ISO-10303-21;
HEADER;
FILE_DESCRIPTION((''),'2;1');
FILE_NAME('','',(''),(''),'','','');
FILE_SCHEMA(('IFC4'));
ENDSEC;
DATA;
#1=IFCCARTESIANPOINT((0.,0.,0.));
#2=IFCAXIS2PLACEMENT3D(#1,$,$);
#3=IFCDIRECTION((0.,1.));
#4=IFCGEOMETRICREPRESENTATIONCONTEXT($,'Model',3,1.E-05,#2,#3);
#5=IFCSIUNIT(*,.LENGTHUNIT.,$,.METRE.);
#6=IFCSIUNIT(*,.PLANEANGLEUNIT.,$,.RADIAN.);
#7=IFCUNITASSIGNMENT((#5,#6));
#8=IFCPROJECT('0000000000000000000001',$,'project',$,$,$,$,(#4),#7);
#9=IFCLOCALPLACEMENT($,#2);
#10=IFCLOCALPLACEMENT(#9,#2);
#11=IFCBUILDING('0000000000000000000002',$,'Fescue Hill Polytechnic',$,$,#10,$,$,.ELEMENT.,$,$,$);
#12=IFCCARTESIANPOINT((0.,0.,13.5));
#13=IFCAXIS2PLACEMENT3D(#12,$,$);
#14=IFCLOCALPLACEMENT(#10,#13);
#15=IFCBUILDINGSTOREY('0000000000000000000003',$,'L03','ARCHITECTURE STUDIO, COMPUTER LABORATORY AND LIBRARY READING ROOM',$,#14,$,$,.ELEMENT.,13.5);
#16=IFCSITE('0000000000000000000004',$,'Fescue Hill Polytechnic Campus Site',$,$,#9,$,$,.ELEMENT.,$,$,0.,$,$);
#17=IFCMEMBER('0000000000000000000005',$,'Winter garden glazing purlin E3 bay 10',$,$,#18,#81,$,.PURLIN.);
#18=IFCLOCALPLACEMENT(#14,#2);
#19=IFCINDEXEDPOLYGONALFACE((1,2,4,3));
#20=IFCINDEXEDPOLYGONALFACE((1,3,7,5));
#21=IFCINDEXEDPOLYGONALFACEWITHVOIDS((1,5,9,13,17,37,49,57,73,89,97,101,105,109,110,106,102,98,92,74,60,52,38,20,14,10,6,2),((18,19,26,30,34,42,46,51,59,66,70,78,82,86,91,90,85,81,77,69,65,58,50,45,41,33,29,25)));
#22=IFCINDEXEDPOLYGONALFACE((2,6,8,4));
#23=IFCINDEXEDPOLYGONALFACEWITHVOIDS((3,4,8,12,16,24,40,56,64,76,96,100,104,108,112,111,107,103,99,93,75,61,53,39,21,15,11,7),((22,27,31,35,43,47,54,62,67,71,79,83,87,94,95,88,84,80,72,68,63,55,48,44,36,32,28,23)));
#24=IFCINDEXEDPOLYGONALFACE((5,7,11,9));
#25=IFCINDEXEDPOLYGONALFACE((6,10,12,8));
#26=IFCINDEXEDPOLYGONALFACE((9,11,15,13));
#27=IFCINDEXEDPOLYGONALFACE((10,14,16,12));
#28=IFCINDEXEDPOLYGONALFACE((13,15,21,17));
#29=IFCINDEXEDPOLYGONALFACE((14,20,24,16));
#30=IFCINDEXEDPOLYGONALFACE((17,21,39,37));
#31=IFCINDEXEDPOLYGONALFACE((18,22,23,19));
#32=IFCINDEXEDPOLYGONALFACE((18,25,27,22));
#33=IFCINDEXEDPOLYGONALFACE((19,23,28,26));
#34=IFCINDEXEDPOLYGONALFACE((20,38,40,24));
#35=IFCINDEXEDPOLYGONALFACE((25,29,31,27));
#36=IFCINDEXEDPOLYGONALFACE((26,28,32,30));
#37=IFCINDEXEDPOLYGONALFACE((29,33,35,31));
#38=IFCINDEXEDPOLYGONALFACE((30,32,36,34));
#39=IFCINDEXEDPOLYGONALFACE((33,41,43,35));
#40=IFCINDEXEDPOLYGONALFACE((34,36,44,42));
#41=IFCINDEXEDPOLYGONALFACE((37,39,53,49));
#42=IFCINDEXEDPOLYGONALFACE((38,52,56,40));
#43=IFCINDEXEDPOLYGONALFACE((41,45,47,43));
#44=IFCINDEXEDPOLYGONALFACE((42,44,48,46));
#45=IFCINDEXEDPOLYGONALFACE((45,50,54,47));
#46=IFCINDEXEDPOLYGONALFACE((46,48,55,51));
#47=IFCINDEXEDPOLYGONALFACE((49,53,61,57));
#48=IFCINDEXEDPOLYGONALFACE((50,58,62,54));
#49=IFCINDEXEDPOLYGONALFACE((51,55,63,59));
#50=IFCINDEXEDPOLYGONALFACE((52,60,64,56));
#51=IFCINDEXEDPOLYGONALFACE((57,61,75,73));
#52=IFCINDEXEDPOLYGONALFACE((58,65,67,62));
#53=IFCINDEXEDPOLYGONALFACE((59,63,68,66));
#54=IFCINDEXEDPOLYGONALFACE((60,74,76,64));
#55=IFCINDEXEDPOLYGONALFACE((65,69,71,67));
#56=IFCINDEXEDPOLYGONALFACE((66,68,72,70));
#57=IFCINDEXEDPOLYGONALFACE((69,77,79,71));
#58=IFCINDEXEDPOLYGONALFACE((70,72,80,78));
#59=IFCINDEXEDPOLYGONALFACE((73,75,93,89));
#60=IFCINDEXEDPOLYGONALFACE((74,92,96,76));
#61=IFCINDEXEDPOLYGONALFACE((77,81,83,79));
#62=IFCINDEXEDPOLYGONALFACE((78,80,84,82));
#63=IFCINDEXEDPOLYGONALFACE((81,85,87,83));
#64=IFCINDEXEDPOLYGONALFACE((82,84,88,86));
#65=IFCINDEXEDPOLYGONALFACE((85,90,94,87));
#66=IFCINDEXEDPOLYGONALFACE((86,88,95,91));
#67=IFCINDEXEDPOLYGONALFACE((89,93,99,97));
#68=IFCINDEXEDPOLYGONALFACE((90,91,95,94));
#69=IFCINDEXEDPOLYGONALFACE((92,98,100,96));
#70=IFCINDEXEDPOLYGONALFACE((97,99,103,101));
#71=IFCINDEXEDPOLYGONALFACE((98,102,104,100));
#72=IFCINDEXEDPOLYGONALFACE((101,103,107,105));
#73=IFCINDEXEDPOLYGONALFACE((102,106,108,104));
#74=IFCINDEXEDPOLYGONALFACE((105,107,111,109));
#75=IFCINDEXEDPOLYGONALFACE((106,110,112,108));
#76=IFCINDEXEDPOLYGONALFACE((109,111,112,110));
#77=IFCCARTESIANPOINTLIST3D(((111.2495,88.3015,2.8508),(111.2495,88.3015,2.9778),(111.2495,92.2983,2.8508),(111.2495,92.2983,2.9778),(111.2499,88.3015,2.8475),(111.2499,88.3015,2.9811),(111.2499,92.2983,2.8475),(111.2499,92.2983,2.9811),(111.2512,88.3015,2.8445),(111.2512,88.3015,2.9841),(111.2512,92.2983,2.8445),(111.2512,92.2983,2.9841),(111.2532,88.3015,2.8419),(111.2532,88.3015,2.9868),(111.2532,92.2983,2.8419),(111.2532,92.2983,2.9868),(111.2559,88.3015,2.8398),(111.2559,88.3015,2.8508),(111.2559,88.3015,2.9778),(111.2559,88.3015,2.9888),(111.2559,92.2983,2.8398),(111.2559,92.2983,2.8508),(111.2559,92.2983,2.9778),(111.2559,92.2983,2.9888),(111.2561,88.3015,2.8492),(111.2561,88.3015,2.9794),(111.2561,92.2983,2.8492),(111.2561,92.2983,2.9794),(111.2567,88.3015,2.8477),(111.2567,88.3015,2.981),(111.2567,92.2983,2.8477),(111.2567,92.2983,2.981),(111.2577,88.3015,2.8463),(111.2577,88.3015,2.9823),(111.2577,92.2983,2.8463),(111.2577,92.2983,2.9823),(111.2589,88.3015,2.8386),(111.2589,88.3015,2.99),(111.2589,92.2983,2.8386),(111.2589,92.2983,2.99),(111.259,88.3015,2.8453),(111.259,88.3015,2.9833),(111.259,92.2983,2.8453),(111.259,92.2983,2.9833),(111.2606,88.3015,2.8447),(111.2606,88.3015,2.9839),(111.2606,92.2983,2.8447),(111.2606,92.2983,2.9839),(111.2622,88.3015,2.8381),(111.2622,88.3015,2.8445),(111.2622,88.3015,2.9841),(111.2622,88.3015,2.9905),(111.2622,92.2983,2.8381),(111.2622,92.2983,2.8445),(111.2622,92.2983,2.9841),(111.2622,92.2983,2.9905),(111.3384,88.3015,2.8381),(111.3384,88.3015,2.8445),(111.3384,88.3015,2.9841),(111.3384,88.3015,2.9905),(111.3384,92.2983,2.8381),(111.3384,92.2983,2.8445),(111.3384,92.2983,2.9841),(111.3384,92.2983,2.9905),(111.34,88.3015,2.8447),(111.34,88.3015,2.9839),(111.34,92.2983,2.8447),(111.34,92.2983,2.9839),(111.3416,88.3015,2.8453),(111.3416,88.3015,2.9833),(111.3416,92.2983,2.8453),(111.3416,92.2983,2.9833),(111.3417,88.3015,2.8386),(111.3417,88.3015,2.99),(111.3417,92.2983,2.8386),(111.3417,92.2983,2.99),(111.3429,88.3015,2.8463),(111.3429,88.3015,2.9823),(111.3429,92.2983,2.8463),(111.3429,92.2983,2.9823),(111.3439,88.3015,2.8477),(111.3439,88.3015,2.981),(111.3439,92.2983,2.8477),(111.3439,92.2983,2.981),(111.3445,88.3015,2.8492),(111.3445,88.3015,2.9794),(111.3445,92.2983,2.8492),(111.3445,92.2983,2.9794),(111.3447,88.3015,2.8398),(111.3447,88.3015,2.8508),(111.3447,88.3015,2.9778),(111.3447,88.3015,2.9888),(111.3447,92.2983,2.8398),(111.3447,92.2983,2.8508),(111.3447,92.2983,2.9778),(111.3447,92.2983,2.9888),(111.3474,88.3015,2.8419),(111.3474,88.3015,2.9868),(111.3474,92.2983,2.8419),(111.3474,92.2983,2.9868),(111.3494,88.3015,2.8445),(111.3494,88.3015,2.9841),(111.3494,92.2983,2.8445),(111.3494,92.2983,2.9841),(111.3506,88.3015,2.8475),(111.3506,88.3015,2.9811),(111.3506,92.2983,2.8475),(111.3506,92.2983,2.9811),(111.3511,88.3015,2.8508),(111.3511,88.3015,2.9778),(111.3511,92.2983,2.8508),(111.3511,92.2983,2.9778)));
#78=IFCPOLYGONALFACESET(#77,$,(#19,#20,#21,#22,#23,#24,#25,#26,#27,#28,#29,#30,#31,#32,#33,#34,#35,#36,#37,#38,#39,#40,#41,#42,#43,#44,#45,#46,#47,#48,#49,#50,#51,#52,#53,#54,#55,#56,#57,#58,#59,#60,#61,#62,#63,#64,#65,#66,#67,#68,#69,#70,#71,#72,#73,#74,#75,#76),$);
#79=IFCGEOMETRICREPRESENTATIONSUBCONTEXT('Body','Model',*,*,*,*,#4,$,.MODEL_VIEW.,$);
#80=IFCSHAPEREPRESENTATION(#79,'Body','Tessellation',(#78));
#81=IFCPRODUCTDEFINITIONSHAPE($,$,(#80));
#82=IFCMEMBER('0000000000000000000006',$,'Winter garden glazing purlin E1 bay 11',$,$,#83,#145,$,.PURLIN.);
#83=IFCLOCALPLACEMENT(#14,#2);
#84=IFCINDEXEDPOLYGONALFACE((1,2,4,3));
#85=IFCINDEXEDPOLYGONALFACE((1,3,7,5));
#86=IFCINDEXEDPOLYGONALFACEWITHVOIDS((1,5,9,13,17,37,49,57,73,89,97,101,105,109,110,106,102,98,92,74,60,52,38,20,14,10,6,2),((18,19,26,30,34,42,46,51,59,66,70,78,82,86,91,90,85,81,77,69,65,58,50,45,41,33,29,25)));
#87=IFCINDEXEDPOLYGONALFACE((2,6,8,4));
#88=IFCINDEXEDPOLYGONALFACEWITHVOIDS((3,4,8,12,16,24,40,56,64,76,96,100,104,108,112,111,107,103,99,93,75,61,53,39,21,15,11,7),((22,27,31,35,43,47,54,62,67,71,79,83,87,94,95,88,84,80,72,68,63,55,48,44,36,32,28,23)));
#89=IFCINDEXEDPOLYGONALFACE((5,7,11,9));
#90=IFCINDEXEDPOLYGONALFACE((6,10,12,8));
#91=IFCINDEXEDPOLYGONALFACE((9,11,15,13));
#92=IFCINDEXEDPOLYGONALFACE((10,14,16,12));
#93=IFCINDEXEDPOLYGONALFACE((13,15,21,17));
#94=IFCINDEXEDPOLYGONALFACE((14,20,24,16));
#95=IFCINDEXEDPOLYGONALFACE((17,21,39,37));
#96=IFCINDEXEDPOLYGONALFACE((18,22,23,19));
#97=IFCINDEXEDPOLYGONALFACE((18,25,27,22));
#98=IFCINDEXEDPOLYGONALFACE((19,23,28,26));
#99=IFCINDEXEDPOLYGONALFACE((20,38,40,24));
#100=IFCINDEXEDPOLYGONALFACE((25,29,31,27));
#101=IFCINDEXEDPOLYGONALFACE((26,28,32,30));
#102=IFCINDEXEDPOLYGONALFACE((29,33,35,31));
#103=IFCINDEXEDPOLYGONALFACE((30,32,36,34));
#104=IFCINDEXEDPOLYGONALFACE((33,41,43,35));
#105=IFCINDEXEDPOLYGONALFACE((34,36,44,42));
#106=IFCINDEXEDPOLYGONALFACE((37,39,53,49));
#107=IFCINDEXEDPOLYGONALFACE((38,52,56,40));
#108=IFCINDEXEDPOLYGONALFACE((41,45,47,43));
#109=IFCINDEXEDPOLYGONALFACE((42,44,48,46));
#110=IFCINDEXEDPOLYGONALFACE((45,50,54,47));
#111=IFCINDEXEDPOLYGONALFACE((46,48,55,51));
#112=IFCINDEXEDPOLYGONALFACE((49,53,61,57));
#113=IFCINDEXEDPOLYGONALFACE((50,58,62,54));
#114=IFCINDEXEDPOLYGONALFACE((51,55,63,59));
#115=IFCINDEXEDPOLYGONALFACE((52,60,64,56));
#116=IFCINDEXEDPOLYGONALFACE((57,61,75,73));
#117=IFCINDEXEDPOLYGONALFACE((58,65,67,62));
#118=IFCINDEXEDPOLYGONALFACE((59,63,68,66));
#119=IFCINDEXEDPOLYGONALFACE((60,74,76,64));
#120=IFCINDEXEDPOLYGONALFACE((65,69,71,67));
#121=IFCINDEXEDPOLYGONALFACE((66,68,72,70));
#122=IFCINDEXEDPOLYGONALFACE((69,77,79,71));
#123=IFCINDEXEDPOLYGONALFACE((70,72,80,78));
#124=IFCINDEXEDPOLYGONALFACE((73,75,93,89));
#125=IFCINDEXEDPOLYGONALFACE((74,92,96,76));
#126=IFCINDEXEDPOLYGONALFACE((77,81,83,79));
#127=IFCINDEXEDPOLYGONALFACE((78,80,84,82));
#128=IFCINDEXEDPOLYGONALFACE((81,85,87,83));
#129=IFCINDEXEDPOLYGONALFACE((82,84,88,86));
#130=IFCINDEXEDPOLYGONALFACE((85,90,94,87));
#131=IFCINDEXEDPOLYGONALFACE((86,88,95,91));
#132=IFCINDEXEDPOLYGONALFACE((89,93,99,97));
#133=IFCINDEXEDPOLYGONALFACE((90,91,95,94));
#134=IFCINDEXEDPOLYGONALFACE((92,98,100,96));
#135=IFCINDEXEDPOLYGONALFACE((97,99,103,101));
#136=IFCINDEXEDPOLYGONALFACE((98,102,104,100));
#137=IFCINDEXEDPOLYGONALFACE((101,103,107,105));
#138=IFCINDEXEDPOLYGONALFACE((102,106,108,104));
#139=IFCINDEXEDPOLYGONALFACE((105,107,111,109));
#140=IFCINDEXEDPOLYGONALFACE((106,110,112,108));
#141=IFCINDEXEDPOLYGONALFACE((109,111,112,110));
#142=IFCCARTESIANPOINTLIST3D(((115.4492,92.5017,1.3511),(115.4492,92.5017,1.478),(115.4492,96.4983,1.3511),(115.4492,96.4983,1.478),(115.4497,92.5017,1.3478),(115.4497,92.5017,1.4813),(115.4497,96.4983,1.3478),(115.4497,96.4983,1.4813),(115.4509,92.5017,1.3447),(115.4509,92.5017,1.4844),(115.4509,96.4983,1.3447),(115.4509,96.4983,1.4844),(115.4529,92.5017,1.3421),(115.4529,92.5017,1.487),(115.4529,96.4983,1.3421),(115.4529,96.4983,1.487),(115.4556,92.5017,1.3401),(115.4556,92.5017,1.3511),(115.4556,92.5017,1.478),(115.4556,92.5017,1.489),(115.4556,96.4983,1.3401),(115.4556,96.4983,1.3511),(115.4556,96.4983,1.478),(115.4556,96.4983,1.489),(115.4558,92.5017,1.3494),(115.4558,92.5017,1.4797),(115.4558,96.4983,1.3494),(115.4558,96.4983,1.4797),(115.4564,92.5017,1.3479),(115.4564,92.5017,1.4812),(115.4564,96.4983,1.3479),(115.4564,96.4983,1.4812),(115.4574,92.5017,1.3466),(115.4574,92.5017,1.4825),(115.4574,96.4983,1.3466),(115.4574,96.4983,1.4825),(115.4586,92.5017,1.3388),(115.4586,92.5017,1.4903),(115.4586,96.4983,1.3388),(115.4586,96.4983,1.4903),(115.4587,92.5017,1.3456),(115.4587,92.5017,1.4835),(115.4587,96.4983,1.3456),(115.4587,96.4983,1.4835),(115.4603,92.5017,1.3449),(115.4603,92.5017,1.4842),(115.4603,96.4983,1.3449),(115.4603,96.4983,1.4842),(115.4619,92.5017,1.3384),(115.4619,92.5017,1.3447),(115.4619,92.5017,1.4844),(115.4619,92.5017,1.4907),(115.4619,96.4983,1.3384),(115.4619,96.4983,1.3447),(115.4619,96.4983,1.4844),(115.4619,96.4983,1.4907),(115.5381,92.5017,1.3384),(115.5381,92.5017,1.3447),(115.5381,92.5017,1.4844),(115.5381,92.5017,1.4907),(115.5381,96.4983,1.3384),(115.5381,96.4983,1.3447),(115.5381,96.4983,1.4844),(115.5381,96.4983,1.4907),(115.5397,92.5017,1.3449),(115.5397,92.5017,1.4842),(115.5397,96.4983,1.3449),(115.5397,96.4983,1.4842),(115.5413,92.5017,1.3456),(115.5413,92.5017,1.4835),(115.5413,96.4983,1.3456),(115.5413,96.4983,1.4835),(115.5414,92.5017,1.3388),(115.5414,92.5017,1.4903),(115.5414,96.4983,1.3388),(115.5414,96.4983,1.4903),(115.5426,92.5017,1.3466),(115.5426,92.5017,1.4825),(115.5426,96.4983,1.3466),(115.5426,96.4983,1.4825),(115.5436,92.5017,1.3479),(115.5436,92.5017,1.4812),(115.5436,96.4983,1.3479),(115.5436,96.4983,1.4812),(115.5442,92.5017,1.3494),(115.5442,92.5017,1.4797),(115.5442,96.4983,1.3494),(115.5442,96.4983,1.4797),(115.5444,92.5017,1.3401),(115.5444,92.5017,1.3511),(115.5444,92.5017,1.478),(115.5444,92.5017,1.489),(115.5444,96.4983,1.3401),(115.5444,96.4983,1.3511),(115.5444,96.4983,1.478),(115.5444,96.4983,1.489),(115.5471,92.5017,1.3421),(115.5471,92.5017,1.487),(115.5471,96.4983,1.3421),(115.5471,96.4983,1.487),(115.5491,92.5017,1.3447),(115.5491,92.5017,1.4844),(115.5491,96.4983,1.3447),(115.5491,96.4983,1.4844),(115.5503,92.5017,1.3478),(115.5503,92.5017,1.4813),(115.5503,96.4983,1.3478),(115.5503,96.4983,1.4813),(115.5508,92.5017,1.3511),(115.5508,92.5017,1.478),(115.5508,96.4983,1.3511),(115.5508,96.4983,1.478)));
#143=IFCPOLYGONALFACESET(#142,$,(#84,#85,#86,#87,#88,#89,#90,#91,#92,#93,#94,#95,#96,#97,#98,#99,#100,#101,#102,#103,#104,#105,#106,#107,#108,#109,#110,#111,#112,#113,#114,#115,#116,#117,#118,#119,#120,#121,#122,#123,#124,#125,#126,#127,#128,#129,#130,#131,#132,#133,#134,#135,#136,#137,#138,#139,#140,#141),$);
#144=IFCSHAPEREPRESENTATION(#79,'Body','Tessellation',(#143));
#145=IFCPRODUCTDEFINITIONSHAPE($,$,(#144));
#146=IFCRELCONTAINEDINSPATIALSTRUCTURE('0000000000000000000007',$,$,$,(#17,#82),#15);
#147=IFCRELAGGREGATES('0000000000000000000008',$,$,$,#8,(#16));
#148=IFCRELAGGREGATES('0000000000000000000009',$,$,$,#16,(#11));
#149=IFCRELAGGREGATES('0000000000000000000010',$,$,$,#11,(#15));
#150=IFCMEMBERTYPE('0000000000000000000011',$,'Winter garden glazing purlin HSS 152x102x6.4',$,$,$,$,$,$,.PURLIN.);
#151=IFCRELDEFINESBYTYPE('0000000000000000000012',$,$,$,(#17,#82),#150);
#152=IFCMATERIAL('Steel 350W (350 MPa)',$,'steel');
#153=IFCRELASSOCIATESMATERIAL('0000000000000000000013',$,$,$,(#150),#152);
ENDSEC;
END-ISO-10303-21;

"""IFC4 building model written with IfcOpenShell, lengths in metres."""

from ifc_helpers import new_model, si_unit, direction, frame, origin, origin_2d, place, context, subcontext, project, spatial, hollow_rectangle, extrude, material, material_profile, profile_set, type_object, element, save


model = new_model("IFC4")

# Units and contexts
model_context = context("Model", 3, precision=1e-05, world=origin(), true_north=direction((0.0, 1.0)))
body_context = subcontext(model_context, "Body", "Model", "MODEL_VIEW")
ifc_project = project(units=[si_unit("LENGTHUNIT", "METRE"), si_unit("PLANEANGLEUNIT", "RADIAN")], contexts=[model_context])

# Site, building, storey
site_placement = place(None, origin())
site = spatial("IfcSite", under=ifc_project, at=site_placement, Name="Fescue Hill Polytechnic Campus Site", CompositionType="ELEMENT", RefElevation=0.0)
building_placement = place(site_placement, origin())
building = spatial("IfcBuilding", under=site, at=building_placement, Name="Fescue Hill Polytechnic", CompositionType="ELEMENT")
storey_placement = place(building_placement, frame((0.0, 0.0, 13.5)))
storey = spatial("IfcBuildingStorey", under=building, at=storey_placement, Name="L03", Description="ARCHITECTURE STUDIO, COMPUTER LABORATORY AND LIBRARY READING ROOM", CompositionType="ELEMENT", Elevation=13.5)

# Members
ifc_material_1 = material(Name="Steel 350W (350 MPa)", Category="steel")
ifc_material_profile_1 = material_profile(ifc_material_1, hollow_rectangle(XDim=0.1016, YDim=0.1523, WallThickness=0.0063, InnerFilletRadius=0.0063, OuterFilletRadius=0.0127, at=origin_2d()), Name="Winter garden glazing purlin HSS 152x102x6.4")
ifc_profile_set_1 = profile_set([ifc_material_profile_1], Name="Steel 350W (350 MPa)")
member_type_1 = type_object("IfcMemberType", Name="Winter garden glazing purlin HSS 152x102x6.4", PredefinedType="PURLIN", material=ifc_profile_set_1)
for number, where, z_axis, x_axis, name in (
    (1, (111.3003, 88.3015, 2.9143), (0.0, 1.0, 0.0), (-1.0, 0.0, 0.0), "Winter garden glazing purlin E3 bay 10"),
):
    element("IfcMember", number, at=place(storey_placement, frame(where, z_axis=z_axis, x_axis=x_axis)), inside=storey, type_object=member_type_1, Name=name, PredefinedType="PURLIN", context=body_context, shape_type="SweptSolid", body=[
        extrude(hollow_rectangle(XDim=0.1016, YDim=0.1523, WallThickness=0.0063, InnerFilletRadius=0.0063, OuterFilletRadius=0.0127, at=origin_2d()), origin(), (0.0, 0.0, 1.0), 3.9968),
    ])
for number, where, z_axis, x_axis, name in (
    (2, (115.5, 92.5017, 1.4146), (0.0, 1.0, 0.0), (-1.0, 0.0, 0.0), "Winter garden glazing purlin E1 bay 11"),
):
    element("IfcMember", number, at=place(storey_placement, frame(where, z_axis=z_axis, x_axis=x_axis)), inside=storey, type_object=member_type_1, Name=name, PredefinedType="PURLIN", context=body_context, shape_type="SweptSolid", body=[
        extrude(hollow_rectangle(XDim=0.1016, YDim=0.1523, WallThickness=0.0063, InnerFilletRadius=0.0063, OuterFilletRadius=0.0127, at=origin_2d()), origin(), (0.0, 0.0, 1.0), 3.9966),
    ])

save(model, "model.ifc")
